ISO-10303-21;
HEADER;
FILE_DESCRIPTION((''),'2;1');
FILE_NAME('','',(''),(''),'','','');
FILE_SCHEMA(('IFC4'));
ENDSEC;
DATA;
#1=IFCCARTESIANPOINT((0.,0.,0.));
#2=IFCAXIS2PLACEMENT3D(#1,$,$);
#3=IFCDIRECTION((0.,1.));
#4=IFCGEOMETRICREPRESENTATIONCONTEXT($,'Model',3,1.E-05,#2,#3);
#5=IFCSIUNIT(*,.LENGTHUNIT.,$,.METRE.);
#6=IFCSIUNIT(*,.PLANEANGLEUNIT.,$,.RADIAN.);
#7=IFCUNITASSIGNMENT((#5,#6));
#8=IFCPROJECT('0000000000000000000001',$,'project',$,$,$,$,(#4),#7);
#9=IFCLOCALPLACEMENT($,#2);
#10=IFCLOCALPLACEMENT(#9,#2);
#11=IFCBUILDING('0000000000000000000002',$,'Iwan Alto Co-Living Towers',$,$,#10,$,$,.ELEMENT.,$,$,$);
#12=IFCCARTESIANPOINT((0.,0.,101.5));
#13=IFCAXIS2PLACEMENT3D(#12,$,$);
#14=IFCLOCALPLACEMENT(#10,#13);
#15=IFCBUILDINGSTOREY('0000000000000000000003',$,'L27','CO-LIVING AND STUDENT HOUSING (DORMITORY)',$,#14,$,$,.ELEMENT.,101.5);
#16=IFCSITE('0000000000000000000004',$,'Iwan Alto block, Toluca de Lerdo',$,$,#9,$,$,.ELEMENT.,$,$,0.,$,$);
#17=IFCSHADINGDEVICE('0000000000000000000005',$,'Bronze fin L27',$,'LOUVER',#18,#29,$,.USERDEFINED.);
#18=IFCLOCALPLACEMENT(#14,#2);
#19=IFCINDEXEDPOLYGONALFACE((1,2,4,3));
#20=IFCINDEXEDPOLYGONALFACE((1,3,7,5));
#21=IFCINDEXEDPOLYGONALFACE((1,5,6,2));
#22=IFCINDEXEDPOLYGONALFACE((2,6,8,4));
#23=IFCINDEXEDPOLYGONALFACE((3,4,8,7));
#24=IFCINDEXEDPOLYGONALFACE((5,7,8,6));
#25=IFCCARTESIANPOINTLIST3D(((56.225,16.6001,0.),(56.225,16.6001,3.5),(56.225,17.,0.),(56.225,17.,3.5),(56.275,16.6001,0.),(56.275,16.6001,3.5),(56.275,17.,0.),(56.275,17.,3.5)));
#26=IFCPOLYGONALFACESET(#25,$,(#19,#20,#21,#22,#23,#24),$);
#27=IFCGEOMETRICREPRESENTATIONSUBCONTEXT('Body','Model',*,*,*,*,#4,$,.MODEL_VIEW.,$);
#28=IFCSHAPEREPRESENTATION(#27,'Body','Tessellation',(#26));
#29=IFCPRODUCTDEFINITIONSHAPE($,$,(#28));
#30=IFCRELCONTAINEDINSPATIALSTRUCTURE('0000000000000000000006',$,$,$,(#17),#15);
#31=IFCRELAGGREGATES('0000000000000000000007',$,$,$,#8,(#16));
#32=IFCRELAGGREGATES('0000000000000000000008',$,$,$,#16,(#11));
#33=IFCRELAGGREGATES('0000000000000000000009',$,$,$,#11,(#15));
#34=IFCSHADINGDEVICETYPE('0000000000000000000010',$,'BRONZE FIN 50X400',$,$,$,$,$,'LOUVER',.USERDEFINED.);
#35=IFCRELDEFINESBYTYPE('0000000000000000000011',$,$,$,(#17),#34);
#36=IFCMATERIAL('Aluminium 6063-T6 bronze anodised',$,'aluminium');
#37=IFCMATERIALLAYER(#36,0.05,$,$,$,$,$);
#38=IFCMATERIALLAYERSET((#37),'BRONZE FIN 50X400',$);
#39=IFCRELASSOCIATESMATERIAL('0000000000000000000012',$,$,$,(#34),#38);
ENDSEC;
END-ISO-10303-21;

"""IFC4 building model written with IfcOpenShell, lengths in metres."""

from ifc_helpers import new_model, si_unit, direction, frame, origin, origin_2d, place, context, subcontext, project, spatial, rectangle, extrude, material, layer, layer_set, type_object, element, save


model = new_model("IFC4")

# Units and contexts
model_context = context("Model", 3, precision=1e-05, world=origin(), true_north=direction((0.0, 1.0)))
body_context = subcontext(model_context, "Body", "Model", "MODEL_VIEW")
ifc_project = project(units=[si_unit("LENGTHUNIT", "METRE"), si_unit("PLANEANGLEUNIT", "RADIAN")], contexts=[model_context])

# Site, building, storey
site_placement = place(None, origin())
site = spatial("IfcSite", under=ifc_project, at=site_placement, Name="Iwan Alto block, Toluca de Lerdo", CompositionType="ELEMENT", RefElevation=0.0)
building_placement = place(site_placement, origin())
building = spatial("IfcBuilding", under=site, at=building_placement, Name="Iwan Alto Co-Living Towers", CompositionType="ELEMENT")
storey_placement = place(building_placement, frame((0.0, 0.0, 101.5)))
storey = spatial("IfcBuildingStorey", under=building, at=storey_placement, Name="L27", Description="CO-LIVING AND STUDENT HOUSING (DORMITORY)", CompositionType="ELEMENT", Elevation=101.5)

# Shading device
ifc_material_1 = material(Name="Aluminium 6063-T6 bronze anodised", Category="aluminium")
ifc_layer_1 = layer(ifc_material_1, 0.05)
ifc_layer_set_1 = layer_set([ifc_layer_1], Name="BRONZE FIN 50X400")
shading_device_type = type_object("IfcShadingDeviceType", Name="BRONZE FIN 50X400", ElementType="LOUVER", PredefinedType="USERDEFINED", material=ifc_layer_set_1)
shading_device_placement = place(storey_placement, frame((56.25, 16.8, 0.0), z_axis=(0.0, 0.0, 1.0), x_axis=(-1.0, 0.0, 0.0)))
element("IfcShadingDevice", 1, at=shading_device_placement, inside=storey, type_object=shading_device_type, Name="Bronze fin L27", ObjectType="LOUVER", PredefinedType="USERDEFINED", context=body_context, shape_type="SweptSolid", body=[
    extrude(rectangle(XDim=0.05, YDim=0.3999, at=origin_2d()), origin(), (0.0, 0.0, 1.0), 3.5),
])

save(model, "model.ifc")
